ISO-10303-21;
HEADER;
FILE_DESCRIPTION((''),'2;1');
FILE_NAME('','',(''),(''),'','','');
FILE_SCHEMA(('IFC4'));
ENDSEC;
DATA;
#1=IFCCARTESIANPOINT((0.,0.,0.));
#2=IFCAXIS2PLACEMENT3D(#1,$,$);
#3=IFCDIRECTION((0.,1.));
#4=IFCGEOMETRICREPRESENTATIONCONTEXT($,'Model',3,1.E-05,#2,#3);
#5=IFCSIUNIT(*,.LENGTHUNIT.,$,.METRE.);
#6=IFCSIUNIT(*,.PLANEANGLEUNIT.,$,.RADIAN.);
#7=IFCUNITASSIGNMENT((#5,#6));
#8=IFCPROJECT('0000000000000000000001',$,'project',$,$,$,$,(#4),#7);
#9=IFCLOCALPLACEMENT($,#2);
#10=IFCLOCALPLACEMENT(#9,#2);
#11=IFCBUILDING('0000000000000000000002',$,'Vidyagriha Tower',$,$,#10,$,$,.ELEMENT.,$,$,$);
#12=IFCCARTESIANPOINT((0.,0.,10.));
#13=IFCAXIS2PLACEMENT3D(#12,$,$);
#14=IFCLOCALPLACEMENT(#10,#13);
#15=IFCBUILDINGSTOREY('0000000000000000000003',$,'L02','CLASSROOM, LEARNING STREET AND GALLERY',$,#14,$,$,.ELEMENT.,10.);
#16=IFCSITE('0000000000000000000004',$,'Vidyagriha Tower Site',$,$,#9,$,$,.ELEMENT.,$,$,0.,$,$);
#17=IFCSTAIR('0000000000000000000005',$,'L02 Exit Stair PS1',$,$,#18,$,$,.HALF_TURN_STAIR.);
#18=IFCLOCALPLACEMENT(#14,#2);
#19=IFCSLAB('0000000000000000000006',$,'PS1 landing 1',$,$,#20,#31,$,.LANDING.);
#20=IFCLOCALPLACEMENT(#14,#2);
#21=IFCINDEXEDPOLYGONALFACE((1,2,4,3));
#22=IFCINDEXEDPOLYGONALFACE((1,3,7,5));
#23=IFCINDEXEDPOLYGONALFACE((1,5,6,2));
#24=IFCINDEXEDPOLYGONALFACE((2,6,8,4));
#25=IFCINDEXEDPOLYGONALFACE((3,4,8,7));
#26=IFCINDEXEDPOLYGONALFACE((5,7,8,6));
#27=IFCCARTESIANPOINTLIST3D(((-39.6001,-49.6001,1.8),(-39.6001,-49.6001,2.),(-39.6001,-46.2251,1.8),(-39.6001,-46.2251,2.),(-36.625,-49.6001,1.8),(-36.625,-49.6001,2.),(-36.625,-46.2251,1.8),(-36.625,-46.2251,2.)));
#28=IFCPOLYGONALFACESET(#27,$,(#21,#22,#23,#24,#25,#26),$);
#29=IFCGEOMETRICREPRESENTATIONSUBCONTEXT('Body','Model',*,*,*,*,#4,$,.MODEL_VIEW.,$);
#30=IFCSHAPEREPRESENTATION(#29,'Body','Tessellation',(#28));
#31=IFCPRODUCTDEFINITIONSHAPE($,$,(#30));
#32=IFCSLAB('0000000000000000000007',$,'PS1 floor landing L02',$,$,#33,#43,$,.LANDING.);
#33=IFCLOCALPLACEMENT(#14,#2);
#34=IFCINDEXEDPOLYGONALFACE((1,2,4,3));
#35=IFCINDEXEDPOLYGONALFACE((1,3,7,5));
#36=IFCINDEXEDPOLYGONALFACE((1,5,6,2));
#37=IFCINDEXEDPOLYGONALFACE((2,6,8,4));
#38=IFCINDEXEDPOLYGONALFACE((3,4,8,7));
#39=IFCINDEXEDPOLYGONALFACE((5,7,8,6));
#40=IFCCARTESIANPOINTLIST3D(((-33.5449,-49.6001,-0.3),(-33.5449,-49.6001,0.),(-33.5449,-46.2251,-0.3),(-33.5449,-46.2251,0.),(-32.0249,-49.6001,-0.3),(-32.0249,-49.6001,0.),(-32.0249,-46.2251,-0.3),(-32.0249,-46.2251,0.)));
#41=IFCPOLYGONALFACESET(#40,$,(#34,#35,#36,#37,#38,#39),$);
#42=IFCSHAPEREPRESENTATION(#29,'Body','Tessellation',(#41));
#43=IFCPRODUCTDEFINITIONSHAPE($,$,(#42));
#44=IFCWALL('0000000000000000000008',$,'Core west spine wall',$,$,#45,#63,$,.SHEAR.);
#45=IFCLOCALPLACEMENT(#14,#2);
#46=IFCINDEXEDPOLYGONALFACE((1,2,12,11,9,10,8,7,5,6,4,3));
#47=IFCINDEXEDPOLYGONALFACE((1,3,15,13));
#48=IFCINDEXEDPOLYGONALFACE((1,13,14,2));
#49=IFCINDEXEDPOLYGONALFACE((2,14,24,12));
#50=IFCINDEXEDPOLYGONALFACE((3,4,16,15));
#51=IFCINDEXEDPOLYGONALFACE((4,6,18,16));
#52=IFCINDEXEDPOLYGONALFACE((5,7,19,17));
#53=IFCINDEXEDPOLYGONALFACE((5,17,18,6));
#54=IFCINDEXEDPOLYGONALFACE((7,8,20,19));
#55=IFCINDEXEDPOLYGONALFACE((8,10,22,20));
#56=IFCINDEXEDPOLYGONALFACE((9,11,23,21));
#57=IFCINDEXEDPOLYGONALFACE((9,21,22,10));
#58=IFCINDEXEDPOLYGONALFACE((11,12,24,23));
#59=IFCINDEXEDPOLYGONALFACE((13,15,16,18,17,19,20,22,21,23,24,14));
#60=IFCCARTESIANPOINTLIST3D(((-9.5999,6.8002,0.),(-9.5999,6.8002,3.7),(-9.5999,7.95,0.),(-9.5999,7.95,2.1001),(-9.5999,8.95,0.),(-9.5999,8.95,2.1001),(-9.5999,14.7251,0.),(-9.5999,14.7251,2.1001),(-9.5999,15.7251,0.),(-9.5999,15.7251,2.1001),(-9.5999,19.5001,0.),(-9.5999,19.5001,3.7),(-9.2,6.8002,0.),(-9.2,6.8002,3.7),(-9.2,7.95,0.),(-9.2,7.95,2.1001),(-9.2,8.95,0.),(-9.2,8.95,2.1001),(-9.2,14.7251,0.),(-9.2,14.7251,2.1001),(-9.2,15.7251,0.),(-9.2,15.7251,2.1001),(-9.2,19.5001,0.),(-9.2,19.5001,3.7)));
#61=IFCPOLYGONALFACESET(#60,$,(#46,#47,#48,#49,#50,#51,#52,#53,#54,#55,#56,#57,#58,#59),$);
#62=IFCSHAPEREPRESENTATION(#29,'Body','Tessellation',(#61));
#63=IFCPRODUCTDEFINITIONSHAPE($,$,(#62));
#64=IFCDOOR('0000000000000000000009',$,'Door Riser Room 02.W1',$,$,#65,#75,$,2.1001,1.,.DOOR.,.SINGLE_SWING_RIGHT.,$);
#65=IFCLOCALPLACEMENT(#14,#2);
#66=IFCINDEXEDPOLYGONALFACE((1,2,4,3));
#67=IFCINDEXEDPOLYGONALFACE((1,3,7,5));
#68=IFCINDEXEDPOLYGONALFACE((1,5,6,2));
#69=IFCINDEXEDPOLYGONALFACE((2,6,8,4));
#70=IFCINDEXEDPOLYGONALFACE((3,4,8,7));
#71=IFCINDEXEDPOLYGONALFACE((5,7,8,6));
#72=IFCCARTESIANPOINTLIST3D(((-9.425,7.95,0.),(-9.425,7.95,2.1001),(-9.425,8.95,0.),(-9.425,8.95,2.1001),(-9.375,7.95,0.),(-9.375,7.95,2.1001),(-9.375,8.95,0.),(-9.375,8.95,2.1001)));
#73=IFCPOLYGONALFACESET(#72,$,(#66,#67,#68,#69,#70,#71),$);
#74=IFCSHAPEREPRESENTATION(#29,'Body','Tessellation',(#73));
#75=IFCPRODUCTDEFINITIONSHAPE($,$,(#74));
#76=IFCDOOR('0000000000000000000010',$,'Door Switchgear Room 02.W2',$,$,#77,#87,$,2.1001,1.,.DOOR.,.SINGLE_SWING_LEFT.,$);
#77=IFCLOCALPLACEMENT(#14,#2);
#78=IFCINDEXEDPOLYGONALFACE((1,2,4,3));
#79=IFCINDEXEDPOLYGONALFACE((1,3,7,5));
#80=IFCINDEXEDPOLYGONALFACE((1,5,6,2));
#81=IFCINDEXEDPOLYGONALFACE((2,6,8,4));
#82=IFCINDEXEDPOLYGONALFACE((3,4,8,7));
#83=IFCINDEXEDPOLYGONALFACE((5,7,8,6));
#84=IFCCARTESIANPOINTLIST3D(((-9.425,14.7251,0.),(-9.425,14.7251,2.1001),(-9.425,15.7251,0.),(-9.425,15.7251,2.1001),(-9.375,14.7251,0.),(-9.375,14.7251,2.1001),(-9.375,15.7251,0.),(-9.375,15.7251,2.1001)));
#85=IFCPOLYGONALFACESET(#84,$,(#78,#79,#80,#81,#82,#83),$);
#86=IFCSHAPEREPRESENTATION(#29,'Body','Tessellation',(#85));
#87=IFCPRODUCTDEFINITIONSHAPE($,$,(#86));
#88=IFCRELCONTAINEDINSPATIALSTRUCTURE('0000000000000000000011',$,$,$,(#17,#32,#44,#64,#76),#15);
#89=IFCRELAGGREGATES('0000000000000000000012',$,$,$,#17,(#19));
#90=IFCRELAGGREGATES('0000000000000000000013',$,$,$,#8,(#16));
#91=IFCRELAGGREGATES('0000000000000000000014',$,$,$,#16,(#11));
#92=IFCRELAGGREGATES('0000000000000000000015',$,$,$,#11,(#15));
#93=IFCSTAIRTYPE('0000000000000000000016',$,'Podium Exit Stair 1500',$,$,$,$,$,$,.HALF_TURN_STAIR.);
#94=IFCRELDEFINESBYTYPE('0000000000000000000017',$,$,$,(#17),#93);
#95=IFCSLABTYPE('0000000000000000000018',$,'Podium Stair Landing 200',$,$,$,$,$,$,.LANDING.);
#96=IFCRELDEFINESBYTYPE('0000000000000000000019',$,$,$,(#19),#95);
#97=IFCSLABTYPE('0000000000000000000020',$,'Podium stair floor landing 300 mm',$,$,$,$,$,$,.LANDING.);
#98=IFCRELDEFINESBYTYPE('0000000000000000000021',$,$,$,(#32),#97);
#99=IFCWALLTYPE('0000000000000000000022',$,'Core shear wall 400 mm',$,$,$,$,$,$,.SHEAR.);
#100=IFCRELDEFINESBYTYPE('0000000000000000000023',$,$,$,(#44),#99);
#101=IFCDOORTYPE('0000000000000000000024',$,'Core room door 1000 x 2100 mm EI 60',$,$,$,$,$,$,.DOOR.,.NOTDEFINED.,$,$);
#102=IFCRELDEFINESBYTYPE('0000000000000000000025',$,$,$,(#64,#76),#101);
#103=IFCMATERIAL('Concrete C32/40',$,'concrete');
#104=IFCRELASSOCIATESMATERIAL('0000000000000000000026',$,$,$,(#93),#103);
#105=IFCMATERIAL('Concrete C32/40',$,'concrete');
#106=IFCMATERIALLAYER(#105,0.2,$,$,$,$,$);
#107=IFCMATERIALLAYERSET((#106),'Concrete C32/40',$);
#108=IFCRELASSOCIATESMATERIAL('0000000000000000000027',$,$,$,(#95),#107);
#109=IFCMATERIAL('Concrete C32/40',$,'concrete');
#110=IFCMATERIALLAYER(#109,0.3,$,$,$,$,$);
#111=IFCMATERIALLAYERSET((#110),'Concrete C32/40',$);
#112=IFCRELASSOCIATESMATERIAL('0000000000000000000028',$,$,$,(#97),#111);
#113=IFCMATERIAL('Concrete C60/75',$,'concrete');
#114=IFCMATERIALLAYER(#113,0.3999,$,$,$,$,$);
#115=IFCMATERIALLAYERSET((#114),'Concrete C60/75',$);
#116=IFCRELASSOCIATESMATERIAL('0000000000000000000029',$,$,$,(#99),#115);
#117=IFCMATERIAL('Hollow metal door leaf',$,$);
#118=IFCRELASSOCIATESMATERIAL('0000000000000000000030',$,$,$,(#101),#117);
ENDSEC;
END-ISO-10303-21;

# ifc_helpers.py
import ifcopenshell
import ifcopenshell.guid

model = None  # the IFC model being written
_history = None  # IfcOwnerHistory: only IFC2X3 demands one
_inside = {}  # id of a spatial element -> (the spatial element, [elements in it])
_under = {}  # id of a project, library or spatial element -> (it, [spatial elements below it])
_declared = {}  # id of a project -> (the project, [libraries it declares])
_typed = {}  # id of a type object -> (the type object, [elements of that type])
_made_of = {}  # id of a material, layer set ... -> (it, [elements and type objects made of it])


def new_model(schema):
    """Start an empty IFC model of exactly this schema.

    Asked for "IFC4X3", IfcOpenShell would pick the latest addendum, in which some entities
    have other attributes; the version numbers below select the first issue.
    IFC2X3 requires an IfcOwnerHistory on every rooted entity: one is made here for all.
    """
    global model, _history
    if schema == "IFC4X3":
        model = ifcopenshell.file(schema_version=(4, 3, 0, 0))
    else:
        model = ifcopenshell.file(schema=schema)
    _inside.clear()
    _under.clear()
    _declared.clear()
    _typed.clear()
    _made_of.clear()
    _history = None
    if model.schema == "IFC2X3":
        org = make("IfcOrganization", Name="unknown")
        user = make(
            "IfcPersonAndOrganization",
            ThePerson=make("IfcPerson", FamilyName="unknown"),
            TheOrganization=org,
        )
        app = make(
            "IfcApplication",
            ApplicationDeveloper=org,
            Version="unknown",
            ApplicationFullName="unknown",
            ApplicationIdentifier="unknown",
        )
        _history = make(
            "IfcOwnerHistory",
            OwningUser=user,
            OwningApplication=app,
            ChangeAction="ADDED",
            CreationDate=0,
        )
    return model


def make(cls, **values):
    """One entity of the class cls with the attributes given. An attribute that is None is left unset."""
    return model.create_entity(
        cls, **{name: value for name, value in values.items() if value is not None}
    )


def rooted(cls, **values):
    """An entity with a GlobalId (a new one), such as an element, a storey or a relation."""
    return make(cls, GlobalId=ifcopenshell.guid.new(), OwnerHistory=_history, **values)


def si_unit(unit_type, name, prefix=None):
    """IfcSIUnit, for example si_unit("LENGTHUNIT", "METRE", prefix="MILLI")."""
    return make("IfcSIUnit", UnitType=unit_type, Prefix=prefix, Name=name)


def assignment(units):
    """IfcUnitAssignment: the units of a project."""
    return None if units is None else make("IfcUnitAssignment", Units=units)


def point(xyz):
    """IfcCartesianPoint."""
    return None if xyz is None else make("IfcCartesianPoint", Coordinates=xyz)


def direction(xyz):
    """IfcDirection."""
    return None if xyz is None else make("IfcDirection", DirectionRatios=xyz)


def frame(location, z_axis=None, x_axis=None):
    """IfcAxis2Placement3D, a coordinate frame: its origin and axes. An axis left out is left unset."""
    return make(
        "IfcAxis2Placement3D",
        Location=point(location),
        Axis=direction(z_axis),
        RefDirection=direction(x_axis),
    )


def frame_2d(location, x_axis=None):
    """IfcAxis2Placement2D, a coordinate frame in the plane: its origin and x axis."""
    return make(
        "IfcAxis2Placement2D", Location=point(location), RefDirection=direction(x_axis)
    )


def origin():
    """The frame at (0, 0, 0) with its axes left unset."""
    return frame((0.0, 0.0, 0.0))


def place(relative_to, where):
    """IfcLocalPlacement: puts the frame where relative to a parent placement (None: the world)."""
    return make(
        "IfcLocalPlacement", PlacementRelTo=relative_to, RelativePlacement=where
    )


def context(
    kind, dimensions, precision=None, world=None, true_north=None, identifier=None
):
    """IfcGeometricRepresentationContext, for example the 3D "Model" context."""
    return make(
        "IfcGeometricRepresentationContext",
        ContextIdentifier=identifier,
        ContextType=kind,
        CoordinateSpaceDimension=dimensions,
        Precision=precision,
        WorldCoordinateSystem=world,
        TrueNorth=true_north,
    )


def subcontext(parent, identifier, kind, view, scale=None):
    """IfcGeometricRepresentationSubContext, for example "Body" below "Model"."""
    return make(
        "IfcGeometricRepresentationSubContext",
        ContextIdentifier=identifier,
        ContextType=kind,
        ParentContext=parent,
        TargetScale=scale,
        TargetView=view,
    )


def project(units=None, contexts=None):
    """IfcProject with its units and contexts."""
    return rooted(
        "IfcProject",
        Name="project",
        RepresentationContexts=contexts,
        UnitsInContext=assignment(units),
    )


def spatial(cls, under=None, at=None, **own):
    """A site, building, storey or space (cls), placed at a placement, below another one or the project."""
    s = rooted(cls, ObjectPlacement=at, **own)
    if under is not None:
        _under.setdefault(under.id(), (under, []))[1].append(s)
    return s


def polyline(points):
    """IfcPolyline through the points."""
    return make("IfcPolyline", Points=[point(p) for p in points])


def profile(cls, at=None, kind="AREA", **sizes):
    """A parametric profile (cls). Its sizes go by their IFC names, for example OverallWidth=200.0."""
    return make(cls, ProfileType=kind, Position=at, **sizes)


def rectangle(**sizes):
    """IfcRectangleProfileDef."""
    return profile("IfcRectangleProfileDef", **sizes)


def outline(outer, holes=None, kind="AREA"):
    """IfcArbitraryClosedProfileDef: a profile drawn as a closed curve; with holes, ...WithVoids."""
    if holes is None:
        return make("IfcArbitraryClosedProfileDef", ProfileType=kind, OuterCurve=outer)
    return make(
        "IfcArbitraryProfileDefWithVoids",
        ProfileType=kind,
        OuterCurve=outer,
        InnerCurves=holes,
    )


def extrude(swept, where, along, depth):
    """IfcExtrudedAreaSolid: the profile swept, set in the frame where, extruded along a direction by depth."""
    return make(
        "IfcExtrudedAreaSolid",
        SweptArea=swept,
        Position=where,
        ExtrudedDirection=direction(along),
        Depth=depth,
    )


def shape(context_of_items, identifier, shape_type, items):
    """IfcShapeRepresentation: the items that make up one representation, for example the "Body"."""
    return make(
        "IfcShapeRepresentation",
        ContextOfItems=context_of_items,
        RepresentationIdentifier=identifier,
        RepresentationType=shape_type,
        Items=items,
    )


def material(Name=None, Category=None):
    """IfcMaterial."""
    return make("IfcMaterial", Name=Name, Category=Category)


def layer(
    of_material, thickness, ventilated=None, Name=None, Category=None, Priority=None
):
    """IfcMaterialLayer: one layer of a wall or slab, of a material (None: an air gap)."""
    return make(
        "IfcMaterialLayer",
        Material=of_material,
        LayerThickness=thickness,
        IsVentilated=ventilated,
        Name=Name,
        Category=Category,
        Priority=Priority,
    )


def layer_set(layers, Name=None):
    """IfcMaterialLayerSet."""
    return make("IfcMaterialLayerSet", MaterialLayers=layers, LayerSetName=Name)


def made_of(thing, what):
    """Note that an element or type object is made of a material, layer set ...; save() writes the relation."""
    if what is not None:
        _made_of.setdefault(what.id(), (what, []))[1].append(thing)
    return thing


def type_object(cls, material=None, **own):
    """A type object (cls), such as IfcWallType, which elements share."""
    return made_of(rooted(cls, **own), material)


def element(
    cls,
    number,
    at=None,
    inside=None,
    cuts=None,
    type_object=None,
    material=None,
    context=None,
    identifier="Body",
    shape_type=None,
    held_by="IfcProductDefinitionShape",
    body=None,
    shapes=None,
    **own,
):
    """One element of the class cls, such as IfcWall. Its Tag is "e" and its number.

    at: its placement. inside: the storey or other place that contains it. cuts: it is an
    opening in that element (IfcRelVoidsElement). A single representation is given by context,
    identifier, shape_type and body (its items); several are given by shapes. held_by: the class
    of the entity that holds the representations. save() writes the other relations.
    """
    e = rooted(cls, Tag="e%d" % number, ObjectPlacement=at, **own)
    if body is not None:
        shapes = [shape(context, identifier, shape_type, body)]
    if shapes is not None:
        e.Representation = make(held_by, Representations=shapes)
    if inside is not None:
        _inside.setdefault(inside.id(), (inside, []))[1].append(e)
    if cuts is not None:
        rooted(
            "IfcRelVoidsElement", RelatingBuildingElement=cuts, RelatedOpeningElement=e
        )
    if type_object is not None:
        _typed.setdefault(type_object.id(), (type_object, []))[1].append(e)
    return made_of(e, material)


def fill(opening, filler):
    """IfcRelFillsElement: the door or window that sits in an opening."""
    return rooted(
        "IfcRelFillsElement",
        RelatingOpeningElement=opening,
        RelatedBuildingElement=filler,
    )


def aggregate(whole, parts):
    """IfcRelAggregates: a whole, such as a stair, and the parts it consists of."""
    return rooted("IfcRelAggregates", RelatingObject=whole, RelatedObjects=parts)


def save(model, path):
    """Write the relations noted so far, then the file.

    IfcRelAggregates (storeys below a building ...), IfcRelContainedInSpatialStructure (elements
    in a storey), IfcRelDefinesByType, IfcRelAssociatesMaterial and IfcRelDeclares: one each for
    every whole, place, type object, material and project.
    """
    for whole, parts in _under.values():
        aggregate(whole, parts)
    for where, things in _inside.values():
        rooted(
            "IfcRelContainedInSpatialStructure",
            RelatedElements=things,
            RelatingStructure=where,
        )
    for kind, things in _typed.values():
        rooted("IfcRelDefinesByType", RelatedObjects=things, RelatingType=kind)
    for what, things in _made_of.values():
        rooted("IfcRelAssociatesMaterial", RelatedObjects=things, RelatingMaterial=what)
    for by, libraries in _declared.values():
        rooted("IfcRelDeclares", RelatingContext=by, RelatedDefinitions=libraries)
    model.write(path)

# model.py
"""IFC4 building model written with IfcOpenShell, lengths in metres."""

from ifc_helpers import new_model, si_unit, direction, frame, frame_2d, origin, place, context, subcontext, project, spatial, polyline, rectangle, outline, extrude, material, layer, layer_set, type_object, element, fill, aggregate, save


model = new_model("IFC4")

# Units and contexts
model_context = context("Model", 3, precision=1e-05, world=origin(), true_north=direction((0.0, 1.0)))
body_context = subcontext(model_context, "Body", "Model", "MODEL_VIEW")
ifc_project = project(units=[si_unit("LENGTHUNIT", "METRE"), si_unit("PLANEANGLEUNIT", "RADIAN")], contexts=[model_context])

# Site, building, storey
site_placement = place(None, origin())
site = spatial("IfcSite", under=ifc_project, at=site_placement, Name="Vidyagriha Tower Site", CompositionType="ELEMENT", RefElevation=0.0)
building_placement = place(site_placement, origin())
building = spatial("IfcBuilding", under=site, at=building_placement, Name="Vidyagriha Tower", CompositionType="ELEMENT")
storey_placement = place(building_placement, frame((0.0, 0.0, 10.0)))
storey = spatial("IfcBuildingStorey", under=building, at=storey_placement, Name="L02", Description="CLASSROOM, LEARNING STREET AND GALLERY", CompositionType="ELEMENT", Elevation=10.0)

# Stair, slab
ifc_material_1 = material(Name="Concrete C32/40", Category="concrete")
stair_type = type_object("IfcStairType", Name="Podium Exit Stair 1500", PredefinedType="HALF_TURN_STAIR", material=ifc_material_1)
stair_placement = place(storey_placement, origin())
stair = element("IfcStair", 1, at=stair_placement, inside=storey, type_object=stair_type, Name="L02 Exit Stair PS1", PredefinedType="HALF_TURN_STAIR")
ifc_material_2 = material(Name="Concrete C32/40", Category="concrete")
ifc_layer_1 = layer(ifc_material_2, 0.2)
ifc_layer_set_1 = layer_set([ifc_layer_1], Name="Concrete C32/40")
slab_type_1 = type_object("IfcSlabType", Name="Podium Stair Landing 200", PredefinedType="LANDING", material=ifc_layer_set_1)
slab_1_placement = place(storey_placement, frame((0.0, 0.0, 1.8)))
slab_1 = element("IfcSlab", 2, at=slab_1_placement, type_object=slab_type_1, Name="PS1 landing 1", PredefinedType="LANDING", context=body_context, shape_type="SweptSolid", body=[
    extrude(outline(polyline([(-36.625, -46.2251), (-39.6001, -46.2251), (-39.6001, -49.6001), (-36.625, -49.6001), (-36.625, -46.2251)])), origin(), (0.0, 0.0, 1.0), 0.2),
])
aggregate(stair, [slab_1])

# Slab
ifc_material_3 = material(Name="Concrete C32/40", Category="concrete")
ifc_layer_2 = layer(ifc_material_3, 0.3)
ifc_layer_set_2 = layer_set([ifc_layer_2], Name="Concrete C32/40")
slab_type_2 = type_object("IfcSlabType", Name="Podium stair floor landing 300 mm", PredefinedType="LANDING", material=ifc_layer_set_2)
slab_2_placement = place(storey_placement, frame((0.0, 0.0, -0.3)))
element("IfcSlab", 3, at=slab_2_placement, inside=storey, type_object=slab_type_2, Name="PS1 floor landing L02", PredefinedType="LANDING", context=body_context, shape_type="SweptSolid", body=[
    extrude(outline(polyline([(-33.5449, -49.6001), (-32.0249, -49.6001), (-32.0249, -46.2251), (-33.5449, -46.2251), (-33.5449, -49.6001)])), origin(), (0.0, 0.0, 1.0), 0.3),
])

# Wall, openings, doors
ifc_material_4 = material(Name="Concrete C60/75", Category="concrete")
ifc_layer_3 = layer(ifc_material_4, 0.3999)
ifc_layer_set_3 = layer_set([ifc_layer_3], Name="Concrete C60/75")
wall_type_1 = type_object("IfcWallType", Name="Core shear wall 400 mm", PredefinedType="SHEAR", material=ifc_layer_set_3)
wall_1_placement = place(storey_placement, frame((-9.3999, 6.8, 0.0), z_axis=(0.0, 0.0, 1.0), x_axis=(0.0, 1.0, 0.0)))
wall_1 = element("IfcWall", 4, at=wall_1_placement, inside=storey, type_object=wall_type_1, Name="Core west spine wall", PredefinedType="SHEAR", context=body_context, shape_type="SweptSolid", body=[
    extrude(rectangle(XDim=12.7, YDim=0.3999, at=frame_2d((6.3501, 0.0))), origin(), (0.0, 0.0, 1.0), 3.7),
])
opening_1_placement = place(wall_1_placement, frame((1.1499, 0.0, 0.0)))
opening_1 = element("IfcOpeningElement", 5, at=opening_1_placement, cuts=wall_1, PredefinedType="OPENING", context=body_context, shape_type="SweptSolid", body=[
    extrude(rectangle(XDim=1.0, YDim=2.1001, at=frame_2d((0.5, 1.05))), frame((0.0, 0.21, 0.0), z_axis=(0.0, -1.0, 0.0), x_axis=(1.0, 0.0, 0.0)), (0.0, 0.0, 1.0), 0.4199),
])
opening_2_placement = place(wall_1_placement, frame((7.925, 0.0, 0.0)))
opening_2 = element("IfcOpeningElement", 6, at=opening_2_placement, cuts=wall_1, PredefinedType="OPENING", context=body_context, shape_type="SweptSolid", body=[
    extrude(rectangle(XDim=1.0, YDim=2.1001, at=frame_2d((0.5, 1.05))), frame((0.0, 0.21, 0.0), z_axis=(0.0, -1.0, 0.0), x_axis=(1.0, 0.0, 0.0)), (0.0, 0.0, 1.0), 0.4199),
])
ifc_material_5 = material(Name="Hollow metal door leaf")
door_type_1 = type_object("IfcDoorType", Name="Core room door 1000 x 2100 mm EI 60", OperationType="NOTDEFINED", PredefinedType="DOOR", material=ifc_material_5)
door_1_placement = place(opening_1_placement, frame((1.0, 0.0, 0.0), z_axis=(0.0, 0.0, 1.0), x_axis=(-1.0, 0.0, 0.0)))
door_1 = element("IfcDoor", 7, at=door_1_placement, inside=storey, type_object=door_type_1, Name="Door Riser Room 02.W1", OperationType="SINGLE_SWING_RIGHT", OverallHeight=2.1001, OverallWidth=1.0, PredefinedType="DOOR", context=body_context, shape_type="SweptSolid", body=[
    extrude(rectangle(XDim=1.0, YDim=2.1001, at=frame_2d((0.5, 1.05))), frame((0.0, 0.0249, 0.0), z_axis=(0.0, -1.0, 0.0), x_axis=(1.0, 0.0, 0.0)), (0.0, 0.0, 1.0), 0.05),
])
fill(opening_1, door_1)
door_2_placement = place(opening_2_placement, frame((1.0, 0.0, 0.0), z_axis=(0.0, 0.0, 1.0), x_axis=(-1.0, 0.0, 0.0)))
door_2 = element("IfcDoor", 8, at=door_2_placement, inside=storey, type_object=door_type_1, Name="Door Switchgear Room 02.W2", OperationType="SINGLE_SWING_LEFT", OverallHeight=2.1001, OverallWidth=1.0, PredefinedType="DOOR", context=body_context, shape_type="SweptSolid", body=[
    extrude(rectangle(XDim=1.0, YDim=2.1001, at=frame_2d((0.5, 1.05))), frame((0.0, 0.0249, 0.0), z_axis=(0.0, -1.0, 0.0), x_axis=(1.0, 0.0, 0.0)), (0.0, 0.0, 1.0), 0.05),
])
fill(opening_2, door_2)

save(model, "model.ifc")
